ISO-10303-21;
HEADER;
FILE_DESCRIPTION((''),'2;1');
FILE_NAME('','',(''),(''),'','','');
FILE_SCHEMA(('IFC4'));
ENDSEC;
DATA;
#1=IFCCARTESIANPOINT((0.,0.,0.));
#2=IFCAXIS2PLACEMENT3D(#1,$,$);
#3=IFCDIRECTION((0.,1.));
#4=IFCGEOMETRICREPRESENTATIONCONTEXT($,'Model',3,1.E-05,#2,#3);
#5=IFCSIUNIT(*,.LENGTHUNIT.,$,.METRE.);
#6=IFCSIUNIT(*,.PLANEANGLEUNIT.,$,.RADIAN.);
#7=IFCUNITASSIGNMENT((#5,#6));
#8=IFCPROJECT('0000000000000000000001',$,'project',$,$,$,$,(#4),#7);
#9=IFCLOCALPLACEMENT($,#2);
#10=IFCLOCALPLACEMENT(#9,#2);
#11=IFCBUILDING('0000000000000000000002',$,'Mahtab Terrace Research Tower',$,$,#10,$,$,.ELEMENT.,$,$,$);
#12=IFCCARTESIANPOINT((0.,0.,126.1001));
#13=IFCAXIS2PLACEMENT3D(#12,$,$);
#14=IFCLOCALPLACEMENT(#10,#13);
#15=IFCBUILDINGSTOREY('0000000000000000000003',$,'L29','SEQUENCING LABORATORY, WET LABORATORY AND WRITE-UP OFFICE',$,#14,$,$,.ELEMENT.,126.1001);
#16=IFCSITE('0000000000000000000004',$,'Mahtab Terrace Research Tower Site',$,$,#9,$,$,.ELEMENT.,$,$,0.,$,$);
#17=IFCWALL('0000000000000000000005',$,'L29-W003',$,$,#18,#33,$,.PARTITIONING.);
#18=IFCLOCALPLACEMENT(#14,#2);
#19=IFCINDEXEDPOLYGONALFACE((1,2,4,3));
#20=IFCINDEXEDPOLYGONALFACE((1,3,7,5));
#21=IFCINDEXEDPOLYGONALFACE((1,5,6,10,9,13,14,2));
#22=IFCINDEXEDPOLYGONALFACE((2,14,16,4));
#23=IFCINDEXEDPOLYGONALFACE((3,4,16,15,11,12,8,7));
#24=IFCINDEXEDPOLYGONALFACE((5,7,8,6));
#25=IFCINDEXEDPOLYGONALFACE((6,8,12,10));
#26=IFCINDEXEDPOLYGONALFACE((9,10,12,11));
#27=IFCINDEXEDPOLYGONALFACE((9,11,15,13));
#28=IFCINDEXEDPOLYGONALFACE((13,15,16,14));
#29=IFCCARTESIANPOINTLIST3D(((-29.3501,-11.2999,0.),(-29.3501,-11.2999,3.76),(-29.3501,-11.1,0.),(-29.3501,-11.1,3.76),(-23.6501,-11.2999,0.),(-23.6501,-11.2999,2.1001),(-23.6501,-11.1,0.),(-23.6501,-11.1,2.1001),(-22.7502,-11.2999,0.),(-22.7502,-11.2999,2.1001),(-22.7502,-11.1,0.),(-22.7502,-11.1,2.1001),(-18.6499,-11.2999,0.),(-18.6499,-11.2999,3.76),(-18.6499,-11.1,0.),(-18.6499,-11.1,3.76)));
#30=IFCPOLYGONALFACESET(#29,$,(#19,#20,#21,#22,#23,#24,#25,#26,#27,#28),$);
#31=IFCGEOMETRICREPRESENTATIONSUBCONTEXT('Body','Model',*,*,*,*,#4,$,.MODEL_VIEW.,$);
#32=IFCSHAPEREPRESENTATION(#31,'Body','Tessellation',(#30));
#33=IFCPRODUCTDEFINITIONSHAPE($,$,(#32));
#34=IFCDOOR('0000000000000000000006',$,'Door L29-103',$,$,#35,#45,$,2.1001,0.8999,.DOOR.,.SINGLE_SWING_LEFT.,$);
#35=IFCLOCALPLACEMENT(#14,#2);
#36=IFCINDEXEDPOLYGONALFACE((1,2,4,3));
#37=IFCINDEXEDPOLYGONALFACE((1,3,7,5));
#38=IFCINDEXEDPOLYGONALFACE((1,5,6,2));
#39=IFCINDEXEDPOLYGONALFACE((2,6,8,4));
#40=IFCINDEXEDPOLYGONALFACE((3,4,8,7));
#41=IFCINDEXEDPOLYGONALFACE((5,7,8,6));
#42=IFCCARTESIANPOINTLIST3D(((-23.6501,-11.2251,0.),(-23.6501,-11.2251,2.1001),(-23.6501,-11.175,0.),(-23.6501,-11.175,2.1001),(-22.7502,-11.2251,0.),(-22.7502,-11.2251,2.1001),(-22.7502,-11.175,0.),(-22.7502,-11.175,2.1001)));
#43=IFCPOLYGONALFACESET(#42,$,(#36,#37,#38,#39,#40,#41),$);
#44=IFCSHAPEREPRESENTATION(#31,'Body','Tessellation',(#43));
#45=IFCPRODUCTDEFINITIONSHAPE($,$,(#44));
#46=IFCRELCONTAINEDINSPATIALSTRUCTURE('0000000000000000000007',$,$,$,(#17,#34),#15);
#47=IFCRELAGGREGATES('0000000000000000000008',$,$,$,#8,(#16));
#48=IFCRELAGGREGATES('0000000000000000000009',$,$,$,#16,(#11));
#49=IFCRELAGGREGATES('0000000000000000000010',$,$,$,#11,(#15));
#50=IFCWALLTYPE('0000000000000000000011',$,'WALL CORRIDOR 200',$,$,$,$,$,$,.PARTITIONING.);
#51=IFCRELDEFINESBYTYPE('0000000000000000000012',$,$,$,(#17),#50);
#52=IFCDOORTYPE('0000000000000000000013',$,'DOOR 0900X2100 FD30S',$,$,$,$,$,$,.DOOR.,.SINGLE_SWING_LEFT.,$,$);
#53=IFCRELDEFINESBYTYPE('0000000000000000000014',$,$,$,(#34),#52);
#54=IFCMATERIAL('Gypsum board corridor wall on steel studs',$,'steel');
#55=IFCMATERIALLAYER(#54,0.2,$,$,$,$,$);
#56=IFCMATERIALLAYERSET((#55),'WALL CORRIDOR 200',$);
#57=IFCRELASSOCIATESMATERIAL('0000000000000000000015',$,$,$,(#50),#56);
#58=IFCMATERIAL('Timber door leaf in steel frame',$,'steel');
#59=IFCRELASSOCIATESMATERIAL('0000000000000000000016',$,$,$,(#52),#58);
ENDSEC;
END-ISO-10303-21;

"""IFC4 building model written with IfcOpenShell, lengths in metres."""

from ifc_helpers import new_model, si_unit, direction, frame, frame_2d, origin, place, context, subcontext, project, spatial, rectangle, extrude, material, layer, layer_set, type_object, element, fill, save


model = new_model("IFC4")

# Units and contexts
model_context = context("Model", 3, precision=1e-05, world=origin(), true_north=direction((0.0, 1.0)))
body_context = subcontext(model_context, "Body", "Model", "MODEL_VIEW")
ifc_project = project(units=[si_unit("LENGTHUNIT", "METRE"), si_unit("PLANEANGLEUNIT", "RADIAN")], contexts=[model_context])

# Site, building, storey
site_placement = place(None, origin())
site = spatial("IfcSite", under=ifc_project, at=site_placement, Name="Mahtab Terrace Research Tower Site", CompositionType="ELEMENT", RefElevation=0.0)
building_placement = place(site_placement, origin())
building = spatial("IfcBuilding", under=site, at=building_placement, Name="Mahtab Terrace Research Tower", CompositionType="ELEMENT")
storey_placement = place(building_placement, frame((0.0, 0.0, 126.1001)))
storey = spatial("IfcBuildingStorey", under=building, at=storey_placement, Name="L29", Description="SEQUENCING LABORATORY, WET LABORATORY AND WRITE-UP OFFICE", CompositionType="ELEMENT", Elevation=126.1001)

# Wall, opening, door
ifc_material_1 = material(Name="Gypsum board corridor wall on steel studs", Category="steel")
ifc_layer_1 = layer(ifc_material_1, 0.2)
ifc_layer_set_1 = layer_set([ifc_layer_1], Name="WALL CORRIDOR 200")
wall_type_1 = type_object("IfcWallType", Name="WALL CORRIDOR 200", PredefinedType="PARTITIONING", material=ifc_layer_set_1)
wall_1_placement = place(storey_placement, frame((-29.3501, -11.2, 0.0), z_axis=(0.0, 0.0, 1.0), x_axis=(1.0, 0.0, 0.0)))
wall_1 = element("IfcWall", 1, at=wall_1_placement, inside=storey, type_object=wall_type_1, Name="L29-W003", PredefinedType="PARTITIONING", context=body_context, shape_type="SweptSolid", body=[
    extrude(rectangle(XDim=10.7002, YDim=0.2, at=frame_2d((5.3501, 0.0))), origin(), (0.0, 0.0, 1.0), 3.76),
])
opening_1_placement = place(wall_1_placement, frame((5.7, 0.0, 0.0)))
opening_1 = element("IfcOpeningElement", 2, at=opening_1_placement, cuts=wall_1, PredefinedType="OPENING", context=body_context, shape_type="SweptSolid", body=[
    extrude(rectangle(XDim=0.8999, YDim=2.1001, at=frame_2d((0.45, 1.05))), frame((0.0, 0.1099, 0.0), z_axis=(0.0, -1.0, 0.0), x_axis=(1.0, 0.0, 0.0)), (0.0, 0.0, 1.0), 0.22),
])
ifc_material_2 = material(Name="Timber door leaf in steel frame", Category="steel")
door_type_1 = type_object("IfcDoorType", Name="DOOR 0900X2100 FD30S", OperationType="SINGLE_SWING_LEFT", PredefinedType="DOOR", material=ifc_material_2)
door_1_placement = place(opening_1_placement, origin())
door_1 = element("IfcDoor", 3, at=door_1_placement, inside=storey, type_object=door_type_1, Name="Door L29-103", OperationType="SINGLE_SWING_LEFT", OverallHeight=2.1001, OverallWidth=0.8999, PredefinedType="DOOR", context=body_context, shape_type="SweptSolid", body=[
    extrude(rectangle(XDim=0.8999, YDim=2.1001, at=frame_2d((0.45, 1.05))), frame((0.0, 0.0249, 0.0), z_axis=(0.0, -1.0, 0.0), x_axis=(1.0, 0.0, 0.0)), (0.0, 0.0, 1.0), 0.05),
])
fill(opening_1, door_1)

save(model, "model.ifc")
